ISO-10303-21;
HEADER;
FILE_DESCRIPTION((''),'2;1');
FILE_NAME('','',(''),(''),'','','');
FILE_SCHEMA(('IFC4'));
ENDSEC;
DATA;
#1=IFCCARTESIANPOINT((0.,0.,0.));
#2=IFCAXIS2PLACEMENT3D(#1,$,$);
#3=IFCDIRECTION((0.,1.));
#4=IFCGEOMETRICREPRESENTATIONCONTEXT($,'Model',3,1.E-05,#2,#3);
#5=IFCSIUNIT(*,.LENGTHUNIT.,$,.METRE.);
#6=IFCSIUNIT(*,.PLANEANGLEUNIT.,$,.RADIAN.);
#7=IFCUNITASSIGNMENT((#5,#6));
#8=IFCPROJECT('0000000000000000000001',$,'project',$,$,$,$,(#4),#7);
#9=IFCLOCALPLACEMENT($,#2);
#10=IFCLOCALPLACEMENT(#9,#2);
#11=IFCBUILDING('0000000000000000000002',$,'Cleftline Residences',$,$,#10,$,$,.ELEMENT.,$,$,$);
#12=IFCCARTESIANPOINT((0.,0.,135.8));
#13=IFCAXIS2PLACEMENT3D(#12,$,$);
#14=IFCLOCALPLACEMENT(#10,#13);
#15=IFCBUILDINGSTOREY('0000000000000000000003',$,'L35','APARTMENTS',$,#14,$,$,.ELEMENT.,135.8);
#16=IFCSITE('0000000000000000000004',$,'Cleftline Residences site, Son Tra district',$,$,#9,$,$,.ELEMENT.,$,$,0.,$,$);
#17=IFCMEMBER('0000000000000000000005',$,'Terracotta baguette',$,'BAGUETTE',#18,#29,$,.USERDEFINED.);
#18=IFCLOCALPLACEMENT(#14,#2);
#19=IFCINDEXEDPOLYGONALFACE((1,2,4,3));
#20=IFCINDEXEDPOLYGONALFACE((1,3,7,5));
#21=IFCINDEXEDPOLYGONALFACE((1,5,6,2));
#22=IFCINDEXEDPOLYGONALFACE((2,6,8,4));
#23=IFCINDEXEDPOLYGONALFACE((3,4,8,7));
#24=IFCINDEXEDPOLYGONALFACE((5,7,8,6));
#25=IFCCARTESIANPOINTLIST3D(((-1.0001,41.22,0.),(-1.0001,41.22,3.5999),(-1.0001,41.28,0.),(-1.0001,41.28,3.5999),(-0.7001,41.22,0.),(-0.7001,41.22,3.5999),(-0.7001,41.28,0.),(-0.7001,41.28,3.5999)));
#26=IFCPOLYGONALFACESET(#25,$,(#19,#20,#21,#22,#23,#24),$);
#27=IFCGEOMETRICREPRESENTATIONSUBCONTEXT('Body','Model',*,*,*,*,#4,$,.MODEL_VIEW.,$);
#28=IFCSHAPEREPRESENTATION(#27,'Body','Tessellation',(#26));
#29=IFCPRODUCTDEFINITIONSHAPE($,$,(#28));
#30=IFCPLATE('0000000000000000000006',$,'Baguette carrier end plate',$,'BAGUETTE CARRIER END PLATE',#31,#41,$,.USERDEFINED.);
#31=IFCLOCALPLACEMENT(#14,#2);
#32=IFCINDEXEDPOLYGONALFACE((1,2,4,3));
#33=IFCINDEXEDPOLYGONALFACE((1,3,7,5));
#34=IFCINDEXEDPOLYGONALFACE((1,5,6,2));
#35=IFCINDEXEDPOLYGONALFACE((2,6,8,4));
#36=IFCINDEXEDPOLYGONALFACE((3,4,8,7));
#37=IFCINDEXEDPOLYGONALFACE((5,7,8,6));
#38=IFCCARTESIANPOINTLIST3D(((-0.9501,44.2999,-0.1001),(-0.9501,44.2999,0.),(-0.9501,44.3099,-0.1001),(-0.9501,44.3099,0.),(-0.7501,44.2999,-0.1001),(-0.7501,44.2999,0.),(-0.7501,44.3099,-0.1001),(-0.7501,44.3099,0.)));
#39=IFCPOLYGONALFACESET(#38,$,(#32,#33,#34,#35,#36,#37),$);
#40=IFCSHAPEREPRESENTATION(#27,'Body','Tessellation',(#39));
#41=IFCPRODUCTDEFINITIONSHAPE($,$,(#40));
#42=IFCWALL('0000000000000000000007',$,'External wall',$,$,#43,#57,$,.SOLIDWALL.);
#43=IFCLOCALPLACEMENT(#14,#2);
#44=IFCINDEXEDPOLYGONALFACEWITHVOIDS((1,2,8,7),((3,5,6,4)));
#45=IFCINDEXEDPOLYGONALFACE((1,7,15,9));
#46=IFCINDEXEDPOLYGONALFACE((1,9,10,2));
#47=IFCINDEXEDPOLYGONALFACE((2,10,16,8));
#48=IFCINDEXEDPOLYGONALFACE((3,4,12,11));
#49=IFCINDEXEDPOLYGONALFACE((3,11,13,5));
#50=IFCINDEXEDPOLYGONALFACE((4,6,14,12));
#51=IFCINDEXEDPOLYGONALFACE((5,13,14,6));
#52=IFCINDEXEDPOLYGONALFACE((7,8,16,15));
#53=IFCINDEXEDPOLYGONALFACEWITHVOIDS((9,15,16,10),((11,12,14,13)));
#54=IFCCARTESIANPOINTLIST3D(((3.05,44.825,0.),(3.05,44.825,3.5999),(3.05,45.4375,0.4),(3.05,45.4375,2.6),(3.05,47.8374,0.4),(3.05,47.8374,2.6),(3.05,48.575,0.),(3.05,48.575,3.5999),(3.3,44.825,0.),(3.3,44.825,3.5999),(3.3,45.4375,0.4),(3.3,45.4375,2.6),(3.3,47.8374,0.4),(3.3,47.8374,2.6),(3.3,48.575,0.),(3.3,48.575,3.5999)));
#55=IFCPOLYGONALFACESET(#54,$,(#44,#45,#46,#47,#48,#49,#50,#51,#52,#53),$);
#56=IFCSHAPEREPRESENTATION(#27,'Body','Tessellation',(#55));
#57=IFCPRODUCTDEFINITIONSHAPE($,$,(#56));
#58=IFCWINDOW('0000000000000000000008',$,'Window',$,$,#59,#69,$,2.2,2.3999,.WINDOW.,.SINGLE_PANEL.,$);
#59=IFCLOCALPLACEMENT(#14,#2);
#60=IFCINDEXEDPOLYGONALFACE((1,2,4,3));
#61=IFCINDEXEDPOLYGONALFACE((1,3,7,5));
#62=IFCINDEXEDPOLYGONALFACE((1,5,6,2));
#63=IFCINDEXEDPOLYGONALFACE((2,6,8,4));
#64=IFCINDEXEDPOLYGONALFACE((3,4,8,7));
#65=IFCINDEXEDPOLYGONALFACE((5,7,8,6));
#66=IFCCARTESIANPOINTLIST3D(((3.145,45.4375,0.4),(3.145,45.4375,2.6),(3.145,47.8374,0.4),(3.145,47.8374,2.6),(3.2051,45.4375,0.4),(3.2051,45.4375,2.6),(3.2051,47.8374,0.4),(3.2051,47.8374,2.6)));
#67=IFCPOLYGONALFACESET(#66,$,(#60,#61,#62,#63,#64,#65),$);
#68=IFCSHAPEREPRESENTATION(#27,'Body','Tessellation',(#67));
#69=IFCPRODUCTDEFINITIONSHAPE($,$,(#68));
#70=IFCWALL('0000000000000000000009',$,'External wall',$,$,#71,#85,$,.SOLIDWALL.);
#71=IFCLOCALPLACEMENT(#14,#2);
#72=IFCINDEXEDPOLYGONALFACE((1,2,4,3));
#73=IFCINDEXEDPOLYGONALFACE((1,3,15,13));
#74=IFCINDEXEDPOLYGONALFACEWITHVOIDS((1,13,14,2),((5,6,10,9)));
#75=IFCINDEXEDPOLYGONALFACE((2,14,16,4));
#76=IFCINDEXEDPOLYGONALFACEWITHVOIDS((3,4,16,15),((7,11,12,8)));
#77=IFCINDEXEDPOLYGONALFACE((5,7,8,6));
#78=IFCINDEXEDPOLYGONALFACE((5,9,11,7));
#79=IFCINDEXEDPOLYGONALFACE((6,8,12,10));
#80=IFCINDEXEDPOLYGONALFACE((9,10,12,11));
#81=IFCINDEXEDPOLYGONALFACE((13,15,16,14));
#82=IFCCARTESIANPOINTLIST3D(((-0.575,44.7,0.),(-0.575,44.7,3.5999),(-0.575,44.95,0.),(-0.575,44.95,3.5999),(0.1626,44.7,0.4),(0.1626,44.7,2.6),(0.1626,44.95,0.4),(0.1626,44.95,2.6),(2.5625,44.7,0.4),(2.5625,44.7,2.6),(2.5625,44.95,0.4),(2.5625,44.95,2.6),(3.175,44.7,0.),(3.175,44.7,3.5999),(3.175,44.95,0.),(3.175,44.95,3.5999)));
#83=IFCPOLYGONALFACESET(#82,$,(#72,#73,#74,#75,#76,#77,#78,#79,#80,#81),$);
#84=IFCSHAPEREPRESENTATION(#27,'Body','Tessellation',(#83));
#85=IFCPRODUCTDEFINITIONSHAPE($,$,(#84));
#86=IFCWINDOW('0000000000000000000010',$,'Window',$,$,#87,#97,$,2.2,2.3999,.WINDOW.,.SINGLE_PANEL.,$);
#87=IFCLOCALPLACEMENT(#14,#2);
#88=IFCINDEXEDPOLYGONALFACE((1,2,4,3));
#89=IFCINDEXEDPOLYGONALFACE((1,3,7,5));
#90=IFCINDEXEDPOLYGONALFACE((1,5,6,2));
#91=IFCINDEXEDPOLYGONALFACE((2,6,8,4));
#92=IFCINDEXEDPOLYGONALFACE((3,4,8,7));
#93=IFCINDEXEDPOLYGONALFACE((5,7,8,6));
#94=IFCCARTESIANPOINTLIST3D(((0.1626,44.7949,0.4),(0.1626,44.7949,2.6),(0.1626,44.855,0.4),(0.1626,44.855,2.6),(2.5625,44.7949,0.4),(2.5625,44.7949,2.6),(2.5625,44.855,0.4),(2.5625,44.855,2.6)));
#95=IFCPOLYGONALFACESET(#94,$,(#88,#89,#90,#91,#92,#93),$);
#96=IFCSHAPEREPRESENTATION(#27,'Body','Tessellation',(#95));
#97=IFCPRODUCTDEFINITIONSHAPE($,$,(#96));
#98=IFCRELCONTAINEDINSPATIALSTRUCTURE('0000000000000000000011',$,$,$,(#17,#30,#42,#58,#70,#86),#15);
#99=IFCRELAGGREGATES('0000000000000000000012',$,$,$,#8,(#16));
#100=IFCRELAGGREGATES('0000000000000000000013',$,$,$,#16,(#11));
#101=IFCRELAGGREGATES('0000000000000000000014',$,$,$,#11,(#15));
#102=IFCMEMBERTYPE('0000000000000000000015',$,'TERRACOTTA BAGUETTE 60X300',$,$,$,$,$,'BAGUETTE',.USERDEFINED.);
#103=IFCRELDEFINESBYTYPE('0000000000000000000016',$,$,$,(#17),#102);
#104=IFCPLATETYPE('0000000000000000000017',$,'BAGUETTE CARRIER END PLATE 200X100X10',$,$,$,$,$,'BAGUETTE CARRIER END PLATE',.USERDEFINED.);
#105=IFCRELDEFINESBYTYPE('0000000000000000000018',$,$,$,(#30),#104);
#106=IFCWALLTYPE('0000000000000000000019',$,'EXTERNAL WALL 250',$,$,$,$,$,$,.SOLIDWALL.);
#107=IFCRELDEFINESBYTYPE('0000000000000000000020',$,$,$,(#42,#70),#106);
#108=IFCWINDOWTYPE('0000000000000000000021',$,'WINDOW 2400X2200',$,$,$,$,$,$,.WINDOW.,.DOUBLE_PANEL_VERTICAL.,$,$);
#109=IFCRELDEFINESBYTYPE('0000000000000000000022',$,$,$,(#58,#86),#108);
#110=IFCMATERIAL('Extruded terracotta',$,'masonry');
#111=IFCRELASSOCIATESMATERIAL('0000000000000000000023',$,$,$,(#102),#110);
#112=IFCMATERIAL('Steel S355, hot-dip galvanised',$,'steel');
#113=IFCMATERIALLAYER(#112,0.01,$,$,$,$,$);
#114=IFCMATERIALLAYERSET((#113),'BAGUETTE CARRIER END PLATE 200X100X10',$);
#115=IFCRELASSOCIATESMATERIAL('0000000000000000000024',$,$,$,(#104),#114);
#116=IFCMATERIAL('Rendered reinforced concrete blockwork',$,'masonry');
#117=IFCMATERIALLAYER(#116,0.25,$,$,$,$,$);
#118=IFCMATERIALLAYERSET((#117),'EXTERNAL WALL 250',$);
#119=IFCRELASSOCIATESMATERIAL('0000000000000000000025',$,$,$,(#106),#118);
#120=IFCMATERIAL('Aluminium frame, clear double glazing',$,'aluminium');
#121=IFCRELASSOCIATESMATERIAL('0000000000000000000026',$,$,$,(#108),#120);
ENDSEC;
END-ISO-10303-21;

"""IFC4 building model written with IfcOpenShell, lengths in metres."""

from ifc_helpers import new_model, si_unit, direction, frame, frame_2d, origin, origin_2d, place, context, subcontext, project, spatial, rectangle, extrude, material, layer, layer_set, material_profile, profile_set, type_object, element, fill, save


model = new_model("IFC4")

# Units and contexts
model_context = context("Model", 3, precision=1e-05, world=origin(), true_north=direction((0.0, 1.0)))
body_context = subcontext(model_context, "Body", "Model", "MODEL_VIEW")
ifc_project = project(units=[si_unit("LENGTHUNIT", "METRE"), si_unit("PLANEANGLEUNIT", "RADIAN")], contexts=[model_context])

# Site, building, storey
site_placement = place(None, origin())
site = spatial("IfcSite", under=ifc_project, at=site_placement, Name="Cleftline Residences site, Son Tra district", CompositionType="ELEMENT", RefElevation=0.0)
building_placement = place(site_placement, origin())
building = spatial("IfcBuilding", under=site, at=building_placement, Name="Cleftline Residences", CompositionType="ELEMENT")
storey_placement = place(building_placement, frame((0.0, 0.0, 135.8)))
storey = spatial("IfcBuildingStorey", under=building, at=storey_placement, Name="L35", Description="APARTMENTS", CompositionType="ELEMENT", Elevation=135.8)

# Member
ifc_material_1 = material(Name="Extruded terracotta", Category="masonry")
ifc_material_profile_1 = material_profile(ifc_material_1, rectangle(XDim=0.0601, YDim=0.3, at=origin_2d()))
ifc_profile_set_1 = profile_set([ifc_material_profile_1], Name="Extruded terracotta")
member_type_1 = type_object("IfcMemberType", Name="TERRACOTTA BAGUETTE 60X300", ElementType="BAGUETTE", PredefinedType="USERDEFINED", material=ifc_profile_set_1)
for number, where, z_axis, x_axis, name in (
    (1, (-0.8501, 41.25, 0.0), (0.0, 0.0, 1.0), (0.0, 1.0, 0.0), "Terracotta baguette"),
):
    element("IfcMember", number, at=place(storey_placement, frame(where, z_axis=z_axis, x_axis=x_axis)), inside=storey, type_object=member_type_1, Name=name, ObjectType="BAGUETTE", PredefinedType="USERDEFINED", context=body_context, shape_type="SweptSolid", body=[
        extrude(rectangle(XDim=0.0601, YDim=0.3, at=origin_2d()), origin(), (0.0, 0.0, 1.0), 3.5999),
    ])

# Plate
ifc_material_2 = material(Name="Steel S355, hot-dip galvanised", Category="steel")
ifc_layer_1 = layer(ifc_material_2, 0.01)
ifc_layer_set_1 = layer_set([ifc_layer_1], Name="BAGUETTE CARRIER END PLATE 200X100X10")
plate_type = type_object("IfcPlateType", Name="BAGUETTE CARRIER END PLATE 200X100X10", ElementType="BAGUETTE CARRIER END PLATE", PredefinedType="USERDEFINED", material=ifc_layer_set_1)
plate_placement = place(storey_placement, frame((-0.8501, 44.3049, -0.1001), z_axis=(0.0, 0.0, 1.0), x_axis=(-1.0, 0.0, 0.0)))
element("IfcPlate", 2, at=plate_placement, inside=storey, type_object=plate_type, Name="Baguette carrier end plate", ObjectType="BAGUETTE CARRIER END PLATE", PredefinedType="USERDEFINED", context=body_context, shape_type="SweptSolid", body=[
    extrude(rectangle(XDim=0.2, YDim=0.01, at=origin_2d()), origin(), (0.0, 0.0, 1.0), 0.1001),
])

# Walls, openings, windows
ifc_material_3 = material(Name="Rendered reinforced concrete blockwork", Category="masonry")
ifc_layer_2 = layer(ifc_material_3, 0.25)
ifc_layer_set_2 = layer_set([ifc_layer_2], Name="EXTERNAL WALL 250")
wall_type_1 = type_object("IfcWallType", Name="EXTERNAL WALL 250", PredefinedType="SOLIDWALL", material=ifc_layer_set_2)
wall_1_placement = place(storey_placement, frame((3.175, 48.575, 0.0), z_axis=(0.0, 0.0, 1.0), x_axis=(0.0, -1.0, 0.0)))
wall_1 = element("IfcWall", 3, at=wall_1_placement, inside=storey, type_object=wall_type_1, Name="External wall", PredefinedType="SOLIDWALL", context=body_context, shape_type="SweptSolid", body=[
    extrude(rectangle(XDim=3.75, YDim=0.25, at=frame_2d((1.875, 0.0))), origin(), (0.0, 0.0, 1.0), 3.5999),
])
opening_1_placement = place(wall_1_placement, frame((0.7375, 0.0, 0.3999)))
opening_1 = element("IfcOpeningElement", 4, at=opening_1_placement, cuts=wall_1, PredefinedType="OPENING", context=body_context, shape_type="SweptSolid", body=[
    extrude(rectangle(XDim=2.3999, YDim=2.2, at=frame_2d((1.2, 1.1001))), frame((0.0, 0.135, 0.0), z_axis=(0.0, -1.0, 0.0), x_axis=(1.0, 0.0, 0.0)), (0.0, 0.0, 1.0), 0.27),
])
ifc_material_4 = material(Name="Aluminium frame, clear double glazing", Category="aluminium")
window_type_1 = type_object("IfcWindowType", Name="WINDOW 2400X2200", PartitioningType="DOUBLE_PANEL_VERTICAL", PredefinedType="WINDOW", material=ifc_material_4)
window_1_placement = place(opening_1_placement, origin())
window_1 = element("IfcWindow", 5, at=window_1_placement, inside=storey, type_object=window_type_1, Name="Window", OverallHeight=2.2, OverallWidth=2.3999, PartitioningType="SINGLE_PANEL", PredefinedType="WINDOW", context=body_context, shape_type="SweptSolid", body=[
    extrude(rectangle(XDim=2.3999, YDim=2.2, at=frame_2d((1.2, 1.1001))), frame((0.0, 0.03, 0.0), z_axis=(0.0, -1.0, 0.0), x_axis=(1.0, 0.0, 0.0)), (0.0, 0.0, 1.0), 0.0601),
])
fill(opening_1, window_1)
wall_2_placement = place(storey_placement, frame((3.175, 44.825, 0.0), z_axis=(0.0, 0.0, 1.0), x_axis=(-1.0, 0.0, 0.0)))
wall_2 = element("IfcWall", 6, at=wall_2_placement, inside=storey, type_object=wall_type_1, Name="External wall", PredefinedType="SOLIDWALL", context=body_context, shape_type="SweptSolid", body=[
    extrude(rectangle(XDim=3.75, YDim=0.25, at=frame_2d((1.875, 0.0))), origin(), (0.0, 0.0, 1.0), 3.5999),
])
opening_2_placement = place(wall_2_placement, frame((0.6125, 0.0, 0.3999)))
opening_2 = element("IfcOpeningElement", 7, at=opening_2_placement, cuts=wall_2, PredefinedType="OPENING", context=body_context, shape_type="SweptSolid", body=[
    extrude(rectangle(XDim=2.3999, YDim=2.2, at=frame_2d((1.2, 1.1001))), frame((0.0, 0.135, 0.0), z_axis=(0.0, -1.0, 0.0), x_axis=(1.0, 0.0, 0.0)), (0.0, 0.0, 1.0), 0.27),
])
window_2_placement = place(opening_2_placement, origin())
window_2 = element("IfcWindow", 8, at=window_2_placement, inside=storey, type_object=window_type_1, Name="Window", OverallHeight=2.2, OverallWidth=2.3999, PartitioningType="SINGLE_PANEL", PredefinedType="WINDOW", context=body_context, shape_type="SweptSolid", body=[
    extrude(rectangle(XDim=2.3999, YDim=2.2, at=frame_2d((1.2, 1.1001))), frame((0.0, 0.03, 0.0), z_axis=(0.0, -1.0, 0.0), x_axis=(1.0, 0.0, 0.0)), (0.0, 0.0, 1.0), 0.0601),
])
fill(opening_2, window_2)

save(model, "model.ifc")
